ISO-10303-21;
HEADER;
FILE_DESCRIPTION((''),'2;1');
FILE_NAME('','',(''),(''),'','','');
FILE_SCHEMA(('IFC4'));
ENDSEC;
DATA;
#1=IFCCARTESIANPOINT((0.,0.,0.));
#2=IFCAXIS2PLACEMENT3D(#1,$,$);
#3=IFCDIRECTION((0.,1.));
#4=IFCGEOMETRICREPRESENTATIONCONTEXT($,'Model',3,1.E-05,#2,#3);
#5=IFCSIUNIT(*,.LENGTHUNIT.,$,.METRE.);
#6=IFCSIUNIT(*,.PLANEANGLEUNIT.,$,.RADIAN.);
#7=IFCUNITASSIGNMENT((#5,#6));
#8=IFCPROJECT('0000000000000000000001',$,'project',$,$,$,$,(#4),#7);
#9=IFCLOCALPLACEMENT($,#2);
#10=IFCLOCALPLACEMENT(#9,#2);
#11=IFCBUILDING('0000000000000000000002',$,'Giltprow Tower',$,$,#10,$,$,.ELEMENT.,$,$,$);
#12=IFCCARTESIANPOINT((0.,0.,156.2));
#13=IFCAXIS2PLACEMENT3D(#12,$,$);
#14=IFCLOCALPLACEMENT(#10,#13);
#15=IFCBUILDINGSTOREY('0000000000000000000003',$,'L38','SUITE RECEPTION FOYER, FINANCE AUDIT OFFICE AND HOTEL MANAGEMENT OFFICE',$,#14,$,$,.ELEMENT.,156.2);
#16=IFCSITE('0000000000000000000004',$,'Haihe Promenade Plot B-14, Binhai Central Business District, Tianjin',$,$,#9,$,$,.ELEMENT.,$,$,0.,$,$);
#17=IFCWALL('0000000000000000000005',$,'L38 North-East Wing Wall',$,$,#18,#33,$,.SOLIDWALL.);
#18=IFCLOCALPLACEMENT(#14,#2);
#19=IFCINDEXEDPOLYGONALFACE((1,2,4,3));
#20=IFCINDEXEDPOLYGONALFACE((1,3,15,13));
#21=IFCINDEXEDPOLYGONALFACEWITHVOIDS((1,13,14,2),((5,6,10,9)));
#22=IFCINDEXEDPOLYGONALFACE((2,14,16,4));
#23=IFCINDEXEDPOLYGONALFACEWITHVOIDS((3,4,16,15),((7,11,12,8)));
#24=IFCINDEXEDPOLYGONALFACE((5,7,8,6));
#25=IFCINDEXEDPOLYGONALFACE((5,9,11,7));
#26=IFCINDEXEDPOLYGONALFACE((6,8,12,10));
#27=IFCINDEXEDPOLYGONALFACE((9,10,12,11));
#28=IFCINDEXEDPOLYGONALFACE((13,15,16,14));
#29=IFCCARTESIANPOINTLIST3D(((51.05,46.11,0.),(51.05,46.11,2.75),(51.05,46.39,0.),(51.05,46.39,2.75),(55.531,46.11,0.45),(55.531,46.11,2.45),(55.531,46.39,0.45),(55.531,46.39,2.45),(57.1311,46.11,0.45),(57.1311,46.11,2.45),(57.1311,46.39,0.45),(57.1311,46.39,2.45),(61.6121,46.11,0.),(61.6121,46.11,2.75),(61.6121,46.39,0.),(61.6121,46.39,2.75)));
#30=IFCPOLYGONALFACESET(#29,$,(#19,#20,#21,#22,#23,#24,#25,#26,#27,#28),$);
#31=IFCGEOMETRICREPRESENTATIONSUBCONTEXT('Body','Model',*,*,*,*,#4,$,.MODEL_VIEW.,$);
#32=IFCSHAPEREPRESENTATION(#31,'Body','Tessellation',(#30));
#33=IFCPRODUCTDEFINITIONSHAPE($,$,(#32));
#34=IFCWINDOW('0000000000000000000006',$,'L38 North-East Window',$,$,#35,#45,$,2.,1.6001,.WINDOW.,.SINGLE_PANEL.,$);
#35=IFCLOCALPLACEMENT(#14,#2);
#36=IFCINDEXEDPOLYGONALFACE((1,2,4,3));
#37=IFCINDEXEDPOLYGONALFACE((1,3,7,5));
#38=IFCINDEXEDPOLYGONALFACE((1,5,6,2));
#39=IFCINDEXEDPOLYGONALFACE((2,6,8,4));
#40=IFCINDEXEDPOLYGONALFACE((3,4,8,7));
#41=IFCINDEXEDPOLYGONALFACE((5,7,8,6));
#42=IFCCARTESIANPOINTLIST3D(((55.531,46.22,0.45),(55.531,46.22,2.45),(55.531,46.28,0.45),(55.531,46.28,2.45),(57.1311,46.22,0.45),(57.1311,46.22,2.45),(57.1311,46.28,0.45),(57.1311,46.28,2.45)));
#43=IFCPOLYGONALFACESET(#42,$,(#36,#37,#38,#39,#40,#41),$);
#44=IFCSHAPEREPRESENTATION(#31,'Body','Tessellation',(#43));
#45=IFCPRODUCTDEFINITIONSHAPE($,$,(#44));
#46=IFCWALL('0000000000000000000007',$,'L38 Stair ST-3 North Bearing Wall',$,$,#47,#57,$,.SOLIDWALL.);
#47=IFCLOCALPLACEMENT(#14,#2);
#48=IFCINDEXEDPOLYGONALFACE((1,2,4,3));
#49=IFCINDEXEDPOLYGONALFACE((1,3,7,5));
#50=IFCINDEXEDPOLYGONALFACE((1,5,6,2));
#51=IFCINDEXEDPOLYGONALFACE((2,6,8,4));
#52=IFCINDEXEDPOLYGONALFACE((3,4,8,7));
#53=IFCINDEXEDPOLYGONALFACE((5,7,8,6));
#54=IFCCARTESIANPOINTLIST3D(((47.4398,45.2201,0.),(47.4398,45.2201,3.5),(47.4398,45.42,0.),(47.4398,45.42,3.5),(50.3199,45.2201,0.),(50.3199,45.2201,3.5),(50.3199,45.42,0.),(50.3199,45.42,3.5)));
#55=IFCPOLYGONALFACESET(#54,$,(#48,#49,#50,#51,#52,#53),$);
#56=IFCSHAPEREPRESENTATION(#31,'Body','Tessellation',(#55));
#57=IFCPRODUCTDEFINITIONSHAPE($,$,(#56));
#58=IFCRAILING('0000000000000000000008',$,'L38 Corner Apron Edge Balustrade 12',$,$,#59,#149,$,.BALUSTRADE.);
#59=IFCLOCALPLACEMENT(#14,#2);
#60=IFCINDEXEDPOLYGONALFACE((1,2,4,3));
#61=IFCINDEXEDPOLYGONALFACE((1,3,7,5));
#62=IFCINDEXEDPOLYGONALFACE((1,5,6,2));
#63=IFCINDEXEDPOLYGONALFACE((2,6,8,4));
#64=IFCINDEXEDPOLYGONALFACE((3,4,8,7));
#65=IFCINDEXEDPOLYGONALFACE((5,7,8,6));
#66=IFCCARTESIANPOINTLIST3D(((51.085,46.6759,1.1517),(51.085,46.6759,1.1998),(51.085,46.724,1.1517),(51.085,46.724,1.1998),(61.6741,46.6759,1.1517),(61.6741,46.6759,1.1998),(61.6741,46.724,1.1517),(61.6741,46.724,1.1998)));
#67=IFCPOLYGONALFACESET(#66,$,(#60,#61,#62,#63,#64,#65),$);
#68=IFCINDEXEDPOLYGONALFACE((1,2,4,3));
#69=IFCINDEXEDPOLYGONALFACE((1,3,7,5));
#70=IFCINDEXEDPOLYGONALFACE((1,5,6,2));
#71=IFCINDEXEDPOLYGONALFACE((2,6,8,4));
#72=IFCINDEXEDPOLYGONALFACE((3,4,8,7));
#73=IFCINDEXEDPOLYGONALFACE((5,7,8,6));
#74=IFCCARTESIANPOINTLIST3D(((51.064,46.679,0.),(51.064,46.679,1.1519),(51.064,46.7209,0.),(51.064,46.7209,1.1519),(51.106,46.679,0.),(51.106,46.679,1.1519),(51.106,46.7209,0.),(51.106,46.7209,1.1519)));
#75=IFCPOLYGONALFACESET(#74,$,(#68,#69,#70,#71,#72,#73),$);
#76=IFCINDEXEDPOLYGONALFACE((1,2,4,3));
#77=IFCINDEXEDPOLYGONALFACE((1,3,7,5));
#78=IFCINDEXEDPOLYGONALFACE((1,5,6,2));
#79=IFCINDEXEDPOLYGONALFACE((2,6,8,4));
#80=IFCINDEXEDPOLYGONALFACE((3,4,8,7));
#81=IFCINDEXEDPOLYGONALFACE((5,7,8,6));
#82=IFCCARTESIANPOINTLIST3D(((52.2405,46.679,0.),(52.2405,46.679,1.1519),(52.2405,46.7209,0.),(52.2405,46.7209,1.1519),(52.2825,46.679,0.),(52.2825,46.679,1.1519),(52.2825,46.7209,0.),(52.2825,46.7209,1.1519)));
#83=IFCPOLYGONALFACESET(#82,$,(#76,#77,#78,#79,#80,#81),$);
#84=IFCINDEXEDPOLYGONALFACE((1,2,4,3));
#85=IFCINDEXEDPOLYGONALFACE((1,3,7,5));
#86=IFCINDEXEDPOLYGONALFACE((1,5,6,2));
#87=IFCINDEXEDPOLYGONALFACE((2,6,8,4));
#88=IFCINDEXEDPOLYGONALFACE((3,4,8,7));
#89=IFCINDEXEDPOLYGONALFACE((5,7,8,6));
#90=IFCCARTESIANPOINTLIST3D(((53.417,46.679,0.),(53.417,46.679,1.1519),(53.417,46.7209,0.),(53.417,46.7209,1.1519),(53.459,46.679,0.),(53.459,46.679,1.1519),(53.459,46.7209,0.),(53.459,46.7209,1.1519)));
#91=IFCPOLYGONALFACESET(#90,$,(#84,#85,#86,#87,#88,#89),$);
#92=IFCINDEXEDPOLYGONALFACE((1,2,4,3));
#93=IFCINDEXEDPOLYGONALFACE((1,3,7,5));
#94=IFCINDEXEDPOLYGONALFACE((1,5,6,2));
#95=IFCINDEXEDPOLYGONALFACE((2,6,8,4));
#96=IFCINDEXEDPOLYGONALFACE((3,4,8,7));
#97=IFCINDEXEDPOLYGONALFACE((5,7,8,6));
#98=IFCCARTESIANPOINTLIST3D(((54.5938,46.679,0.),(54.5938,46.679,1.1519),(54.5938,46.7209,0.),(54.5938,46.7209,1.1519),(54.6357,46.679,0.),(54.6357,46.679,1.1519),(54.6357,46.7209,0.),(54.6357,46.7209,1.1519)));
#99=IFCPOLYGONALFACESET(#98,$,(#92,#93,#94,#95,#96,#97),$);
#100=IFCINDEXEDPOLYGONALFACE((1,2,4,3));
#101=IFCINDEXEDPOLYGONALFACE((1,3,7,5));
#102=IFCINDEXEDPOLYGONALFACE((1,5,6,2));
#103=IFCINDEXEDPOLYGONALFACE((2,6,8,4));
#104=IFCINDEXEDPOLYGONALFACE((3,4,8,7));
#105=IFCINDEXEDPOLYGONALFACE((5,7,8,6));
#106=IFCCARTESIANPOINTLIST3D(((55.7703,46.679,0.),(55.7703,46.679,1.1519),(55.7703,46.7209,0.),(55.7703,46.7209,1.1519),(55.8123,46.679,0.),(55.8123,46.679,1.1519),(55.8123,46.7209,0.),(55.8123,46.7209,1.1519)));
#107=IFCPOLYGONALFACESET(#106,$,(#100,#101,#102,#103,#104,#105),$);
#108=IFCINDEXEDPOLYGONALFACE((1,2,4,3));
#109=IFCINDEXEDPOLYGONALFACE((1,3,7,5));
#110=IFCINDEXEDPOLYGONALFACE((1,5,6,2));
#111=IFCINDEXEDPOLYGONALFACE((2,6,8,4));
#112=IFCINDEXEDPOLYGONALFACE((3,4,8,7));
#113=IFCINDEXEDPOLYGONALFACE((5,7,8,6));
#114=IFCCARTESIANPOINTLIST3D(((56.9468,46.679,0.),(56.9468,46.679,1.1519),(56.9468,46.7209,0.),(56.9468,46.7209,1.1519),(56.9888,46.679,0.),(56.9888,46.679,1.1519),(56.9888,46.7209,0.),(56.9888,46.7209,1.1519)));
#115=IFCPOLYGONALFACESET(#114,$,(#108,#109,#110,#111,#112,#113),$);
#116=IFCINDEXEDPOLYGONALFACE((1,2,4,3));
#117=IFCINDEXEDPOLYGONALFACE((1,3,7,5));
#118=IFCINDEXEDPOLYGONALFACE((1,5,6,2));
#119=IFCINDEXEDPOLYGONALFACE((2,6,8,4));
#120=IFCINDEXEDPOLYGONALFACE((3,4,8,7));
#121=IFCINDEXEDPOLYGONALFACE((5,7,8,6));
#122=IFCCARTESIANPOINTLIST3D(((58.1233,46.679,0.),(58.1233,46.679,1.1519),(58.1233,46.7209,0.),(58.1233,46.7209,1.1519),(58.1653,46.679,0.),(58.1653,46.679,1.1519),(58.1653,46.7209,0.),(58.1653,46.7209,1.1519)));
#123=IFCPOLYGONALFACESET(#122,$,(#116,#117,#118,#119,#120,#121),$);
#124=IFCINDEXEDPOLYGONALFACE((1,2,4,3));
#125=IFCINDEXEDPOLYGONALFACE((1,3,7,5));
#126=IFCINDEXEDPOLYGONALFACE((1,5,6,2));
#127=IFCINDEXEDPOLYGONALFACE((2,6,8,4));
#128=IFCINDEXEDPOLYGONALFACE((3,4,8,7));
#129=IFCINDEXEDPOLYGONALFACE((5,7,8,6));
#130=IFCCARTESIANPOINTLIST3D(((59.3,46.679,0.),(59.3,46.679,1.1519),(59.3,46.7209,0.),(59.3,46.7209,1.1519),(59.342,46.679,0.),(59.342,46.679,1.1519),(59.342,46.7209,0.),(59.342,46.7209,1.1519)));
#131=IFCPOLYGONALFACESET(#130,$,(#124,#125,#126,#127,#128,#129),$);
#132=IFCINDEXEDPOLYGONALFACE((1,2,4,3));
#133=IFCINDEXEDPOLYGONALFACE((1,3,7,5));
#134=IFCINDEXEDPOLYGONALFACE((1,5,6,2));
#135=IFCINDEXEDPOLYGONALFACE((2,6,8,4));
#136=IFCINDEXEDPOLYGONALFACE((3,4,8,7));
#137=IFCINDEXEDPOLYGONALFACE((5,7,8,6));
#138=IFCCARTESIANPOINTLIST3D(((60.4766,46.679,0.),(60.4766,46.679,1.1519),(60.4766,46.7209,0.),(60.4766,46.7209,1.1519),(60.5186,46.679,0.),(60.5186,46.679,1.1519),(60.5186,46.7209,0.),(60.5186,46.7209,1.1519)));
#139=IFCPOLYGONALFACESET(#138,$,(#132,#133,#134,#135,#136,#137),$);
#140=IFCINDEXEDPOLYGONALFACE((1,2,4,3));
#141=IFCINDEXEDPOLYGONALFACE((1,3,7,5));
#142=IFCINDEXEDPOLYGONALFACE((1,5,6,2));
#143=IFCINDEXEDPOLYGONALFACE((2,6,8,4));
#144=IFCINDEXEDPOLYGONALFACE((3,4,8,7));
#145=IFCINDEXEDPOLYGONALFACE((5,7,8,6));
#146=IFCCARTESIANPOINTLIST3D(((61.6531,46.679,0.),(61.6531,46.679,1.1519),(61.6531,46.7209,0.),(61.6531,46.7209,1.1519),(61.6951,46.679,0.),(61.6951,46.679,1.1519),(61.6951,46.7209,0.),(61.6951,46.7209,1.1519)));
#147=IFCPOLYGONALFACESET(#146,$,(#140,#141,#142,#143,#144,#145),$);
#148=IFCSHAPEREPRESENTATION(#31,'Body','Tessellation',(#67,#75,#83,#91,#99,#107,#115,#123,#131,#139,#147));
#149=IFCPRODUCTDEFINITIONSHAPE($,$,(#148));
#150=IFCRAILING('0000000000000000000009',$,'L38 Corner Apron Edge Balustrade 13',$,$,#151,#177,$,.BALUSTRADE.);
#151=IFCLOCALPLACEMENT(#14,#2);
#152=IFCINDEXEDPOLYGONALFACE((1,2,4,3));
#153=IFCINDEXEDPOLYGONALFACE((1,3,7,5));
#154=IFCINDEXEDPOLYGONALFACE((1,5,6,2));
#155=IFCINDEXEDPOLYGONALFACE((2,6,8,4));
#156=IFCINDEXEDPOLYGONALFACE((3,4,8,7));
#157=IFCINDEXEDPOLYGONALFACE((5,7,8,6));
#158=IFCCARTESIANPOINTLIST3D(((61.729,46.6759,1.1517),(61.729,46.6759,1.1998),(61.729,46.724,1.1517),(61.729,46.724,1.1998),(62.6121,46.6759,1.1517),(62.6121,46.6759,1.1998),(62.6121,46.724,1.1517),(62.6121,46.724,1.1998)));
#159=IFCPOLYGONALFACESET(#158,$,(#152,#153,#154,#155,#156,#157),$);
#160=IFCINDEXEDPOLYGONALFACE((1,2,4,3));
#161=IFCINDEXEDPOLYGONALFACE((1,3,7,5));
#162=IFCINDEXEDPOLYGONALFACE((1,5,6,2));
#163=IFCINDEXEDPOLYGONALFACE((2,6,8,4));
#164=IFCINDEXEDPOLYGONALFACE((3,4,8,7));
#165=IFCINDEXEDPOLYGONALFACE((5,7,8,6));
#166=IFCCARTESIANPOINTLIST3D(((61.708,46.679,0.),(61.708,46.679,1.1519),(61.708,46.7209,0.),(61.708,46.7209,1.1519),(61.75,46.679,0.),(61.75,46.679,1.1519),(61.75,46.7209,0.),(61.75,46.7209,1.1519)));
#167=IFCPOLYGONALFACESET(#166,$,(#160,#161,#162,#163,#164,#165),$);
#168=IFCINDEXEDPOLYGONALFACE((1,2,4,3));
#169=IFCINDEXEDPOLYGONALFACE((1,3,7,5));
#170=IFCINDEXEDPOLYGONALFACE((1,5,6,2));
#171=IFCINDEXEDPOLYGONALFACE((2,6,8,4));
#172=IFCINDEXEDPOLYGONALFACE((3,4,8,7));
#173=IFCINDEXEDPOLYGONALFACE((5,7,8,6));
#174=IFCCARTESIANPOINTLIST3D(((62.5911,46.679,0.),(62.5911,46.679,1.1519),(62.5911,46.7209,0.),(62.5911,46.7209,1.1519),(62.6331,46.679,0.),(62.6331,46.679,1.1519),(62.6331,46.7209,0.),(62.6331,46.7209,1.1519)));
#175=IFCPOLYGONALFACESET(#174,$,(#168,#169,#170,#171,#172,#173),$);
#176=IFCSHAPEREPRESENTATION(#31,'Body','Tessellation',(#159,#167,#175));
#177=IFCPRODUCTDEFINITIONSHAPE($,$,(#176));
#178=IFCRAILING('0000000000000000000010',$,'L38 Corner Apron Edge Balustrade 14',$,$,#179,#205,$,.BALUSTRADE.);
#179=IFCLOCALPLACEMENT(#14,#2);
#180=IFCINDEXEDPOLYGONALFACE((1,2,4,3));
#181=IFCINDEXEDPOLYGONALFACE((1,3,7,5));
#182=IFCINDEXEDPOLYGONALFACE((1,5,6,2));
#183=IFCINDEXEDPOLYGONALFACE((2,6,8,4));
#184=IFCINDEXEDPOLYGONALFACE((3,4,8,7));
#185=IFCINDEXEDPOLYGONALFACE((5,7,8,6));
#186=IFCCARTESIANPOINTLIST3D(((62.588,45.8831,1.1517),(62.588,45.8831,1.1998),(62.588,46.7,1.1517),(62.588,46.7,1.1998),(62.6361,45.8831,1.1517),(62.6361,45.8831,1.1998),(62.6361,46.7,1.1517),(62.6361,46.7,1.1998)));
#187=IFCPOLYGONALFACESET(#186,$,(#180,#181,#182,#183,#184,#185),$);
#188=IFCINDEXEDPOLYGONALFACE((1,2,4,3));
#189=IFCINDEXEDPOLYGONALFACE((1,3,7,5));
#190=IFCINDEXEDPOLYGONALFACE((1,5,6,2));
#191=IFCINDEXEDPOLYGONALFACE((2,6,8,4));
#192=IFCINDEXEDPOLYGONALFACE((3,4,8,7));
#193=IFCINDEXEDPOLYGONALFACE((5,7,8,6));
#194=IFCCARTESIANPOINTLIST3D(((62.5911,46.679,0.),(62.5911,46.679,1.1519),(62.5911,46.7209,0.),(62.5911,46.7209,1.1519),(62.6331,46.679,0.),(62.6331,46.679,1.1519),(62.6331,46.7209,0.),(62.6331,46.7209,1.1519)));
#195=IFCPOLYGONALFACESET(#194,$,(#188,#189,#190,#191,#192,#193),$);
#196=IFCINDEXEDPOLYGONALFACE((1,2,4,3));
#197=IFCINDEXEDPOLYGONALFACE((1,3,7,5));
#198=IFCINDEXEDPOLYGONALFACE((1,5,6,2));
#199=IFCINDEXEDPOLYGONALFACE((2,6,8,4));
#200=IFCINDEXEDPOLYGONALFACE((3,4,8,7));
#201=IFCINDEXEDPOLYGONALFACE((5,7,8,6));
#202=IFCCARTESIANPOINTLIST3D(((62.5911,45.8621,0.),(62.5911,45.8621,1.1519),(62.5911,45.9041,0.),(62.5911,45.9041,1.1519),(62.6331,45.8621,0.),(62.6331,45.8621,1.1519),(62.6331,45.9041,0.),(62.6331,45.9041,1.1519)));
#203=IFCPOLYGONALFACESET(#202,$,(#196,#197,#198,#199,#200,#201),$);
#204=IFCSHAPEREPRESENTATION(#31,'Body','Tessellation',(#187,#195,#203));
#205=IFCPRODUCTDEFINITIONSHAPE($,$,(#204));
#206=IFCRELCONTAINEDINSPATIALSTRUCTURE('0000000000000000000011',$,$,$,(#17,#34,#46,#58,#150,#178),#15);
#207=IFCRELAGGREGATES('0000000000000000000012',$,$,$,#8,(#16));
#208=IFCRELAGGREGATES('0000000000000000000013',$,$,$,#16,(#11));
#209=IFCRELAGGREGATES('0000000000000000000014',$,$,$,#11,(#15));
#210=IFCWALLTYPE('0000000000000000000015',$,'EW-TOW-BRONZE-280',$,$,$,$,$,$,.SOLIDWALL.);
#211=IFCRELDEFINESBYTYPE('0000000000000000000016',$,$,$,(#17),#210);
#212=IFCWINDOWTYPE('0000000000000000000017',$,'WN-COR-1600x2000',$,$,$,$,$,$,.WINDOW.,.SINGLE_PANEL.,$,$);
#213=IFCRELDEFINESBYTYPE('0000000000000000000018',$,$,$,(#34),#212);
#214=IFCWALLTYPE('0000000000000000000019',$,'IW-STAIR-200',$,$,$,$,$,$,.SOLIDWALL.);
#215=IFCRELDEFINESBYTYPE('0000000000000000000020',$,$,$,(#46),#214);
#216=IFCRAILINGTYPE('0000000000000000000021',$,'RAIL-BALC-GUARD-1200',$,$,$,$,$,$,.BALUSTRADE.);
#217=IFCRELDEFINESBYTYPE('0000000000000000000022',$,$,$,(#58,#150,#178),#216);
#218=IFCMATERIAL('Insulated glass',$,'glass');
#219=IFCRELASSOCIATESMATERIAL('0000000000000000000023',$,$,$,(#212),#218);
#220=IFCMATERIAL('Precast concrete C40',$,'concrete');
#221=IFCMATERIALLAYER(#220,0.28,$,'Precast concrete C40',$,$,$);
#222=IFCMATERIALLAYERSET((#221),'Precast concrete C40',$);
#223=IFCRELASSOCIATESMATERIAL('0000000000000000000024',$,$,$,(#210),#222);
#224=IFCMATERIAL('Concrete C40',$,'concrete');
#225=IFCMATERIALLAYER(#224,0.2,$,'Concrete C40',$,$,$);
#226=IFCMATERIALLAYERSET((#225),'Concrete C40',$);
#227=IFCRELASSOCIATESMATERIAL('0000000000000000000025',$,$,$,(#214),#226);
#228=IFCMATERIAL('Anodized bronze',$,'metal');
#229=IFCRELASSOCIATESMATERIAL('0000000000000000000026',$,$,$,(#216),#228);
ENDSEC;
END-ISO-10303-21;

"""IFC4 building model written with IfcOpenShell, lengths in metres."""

from ifc_helpers import new_model, si_unit, direction, frame, frame_2d, origin, origin_2d, place, context, subcontext, project, spatial, rectangle, extrude, source, transform, mapped, material, layer, layer_set, type_object, element, fill, save


model = new_model("IFC4")

# Units and contexts
model_context = context("Model", 3, precision=1e-05, world=origin(), true_north=direction((0.0, 1.0)))
body_context = subcontext(model_context, "Body", "Model", "MODEL_VIEW")
ifc_project = project(units=[si_unit("LENGTHUNIT", "METRE"), si_unit("PLANEANGLEUNIT", "RADIAN")], contexts=[model_context])

# Site, building, storey
site_placement = place(None, origin())
site = spatial("IfcSite", under=ifc_project, at=site_placement, Name="Haihe Promenade Plot B-14, Binhai Central Business District, Tianjin", CompositionType="ELEMENT", RefElevation=0.0)
building_placement = place(site_placement, origin())
building = spatial("IfcBuilding", under=site, at=building_placement, Name="Giltprow Tower", CompositionType="ELEMENT")
storey_placement = place(building_placement, frame((0.0, 0.0, 156.2)))
storey = spatial("IfcBuildingStorey", under=building, at=storey_placement, Name="L38", Description="SUITE RECEPTION FOYER, FINANCE AUDIT OFFICE AND HOTEL MANAGEMENT OFFICE", CompositionType="ELEMENT", Elevation=156.2)

# Wall, opening, window
ifc_material_1 = material(Name="Precast concrete C40", Category="concrete")
ifc_material_2 = material(Name="Insulated glass", Category="glass")
window_type = type_object("IfcWindowType", Name="WN-COR-1600x2000", PartitioningType="SINGLE_PANEL", PredefinedType="WINDOW", material=ifc_material_2)
shared_shape_1 = source(origin(), body_context, "Body", "SweptSolid", [
    extrude(rectangle(XDim=1.6001, YDim=2.0, at=frame_2d((0.8, 1.0))), frame((0.0, 0.03, 0.0), z_axis=(0.0, -1.0, 0.0), x_axis=(1.0, 0.0, 0.0)), (0.0, 0.0, 1.0), 0.0601),
])
ifc_layer_1 = layer(ifc_material_1, 0.28, Name="Precast concrete C40")
ifc_layer_set_1 = layer_set([ifc_layer_1], Name="Precast concrete C40")
wall_type_1 = type_object("IfcWallType", Name="EW-TOW-BRONZE-280", PredefinedType="SOLIDWALL", material=ifc_layer_set_1)
wall_1_placement = place(storey_placement, frame((51.05, 46.25, 0.0), z_axis=(0.0, 0.0, 1.0), x_axis=(1.0, 0.0, 0.0)))
wall_1 = element("IfcWall", 1, at=wall_1_placement, inside=storey, type_object=wall_type_1, Name="L38 North-East Wing Wall", PredefinedType="SOLIDWALL", context=body_context, shape_type="SweptSolid", body=[
    extrude(rectangle(XDim=10.562, YDim=0.28, at=frame_2d((5.281, 0.0))), origin(), (0.0, 0.0, 1.0), 2.75),
])
opening_1_placement = place(wall_1_placement, frame((4.481, 0.0, 0.45)))
opening_1 = element("IfcOpeningElement", 2, at=opening_1_placement, cuts=wall_1, PredefinedType="OPENING", context=body_context, shape_type="SweptSolid", body=[
    extrude(rectangle(XDim=1.6001, YDim=2.0, at=frame_2d((0.8, 1.0))), frame((0.0, 0.1499, 0.0), z_axis=(0.0, -1.0, 0.0), x_axis=(1.0, 0.0, 0.0)), (0.0, 0.0, 1.0), 0.3),
])
window_1_placement = place(opening_1_placement, origin())
window_1 = element("IfcWindow", 3, at=window_1_placement, inside=storey, type_object=window_type, Name="L38 North-East Window", OverallHeight=2.0, OverallWidth=1.6001, PartitioningType="SINGLE_PANEL", PredefinedType="WINDOW", context=body_context, shape_type="MappedRepresentation", body=[
    mapped(shared_shape_1, transform((0.0, 0.0, 0.0), x_axis=(1.0, 0.0, 0.0), y_axis=(0.0, 1.0, 0.0), z_axis=(0.0, 0.0, 1.0), scale=1.0)),
])
fill(opening_1, window_1)

# Wall
ifc_material_3 = material(Name="Concrete C40", Category="concrete")
ifc_layer_2 = layer(ifc_material_3, 0.2, Name="Concrete C40")
ifc_layer_set_2 = layer_set([ifc_layer_2], Name="Concrete C40")
wall_type_2 = type_object("IfcWallType", Name="IW-STAIR-200", PredefinedType="SOLIDWALL", material=ifc_layer_set_2)
wall_2_placement = place(storey_placement, frame((47.4399, 45.3201, 0.0), z_axis=(0.0, 0.0, 1.0), x_axis=(1.0, 0.0, 0.0)))
element("IfcWall", 4, at=wall_2_placement, inside=storey, type_object=wall_type_2, Name="L38 Stair ST-3 North Bearing Wall", PredefinedType="SOLIDWALL", context=body_context, shape_type="SweptSolid", body=[
    extrude(rectangle(XDim=2.8801, YDim=0.2, at=frame_2d((1.4399, 0.0))), origin(), (0.0, 0.0, 1.0), 3.5),
])

# Railings
ifc_material_4 = material(Name="Anodized bronze", Category="metal")
railing_type_1 = type_object("IfcRailingType", Name="RAIL-BALC-GUARD-1200", PredefinedType="BALUSTRADE", material=ifc_material_4)
railing_1_placement = place(storey_placement, frame((51.085, 46.7, 0.0)))
element("IfcRailing", 5, at=railing_1_placement, inside=storey, type_object=railing_type_1, Name="L38 Corner Apron Edge Balustrade 12", PredefinedType="BALUSTRADE", context=body_context, shape_type="SweptSolid", body=[
    extrude(rectangle(XDim=0.0481, YDim=0.0481, at=origin_2d()), frame((0.0, 0.0, 1.1758), z_axis=(1.0, 0.0, 0.0), x_axis=(0.0, 1.0, 0.0)), (0.0, 0.0, 1.0), 10.5891),
    extrude(rectangle(XDim=0.042, YDim=0.042, at=origin_2d()), origin(), (0.0, 0.0, 1.0), 1.1519),
    extrude(rectangle(XDim=0.042, YDim=0.042, at=origin_2d()), frame((1.1765, 0.0, 0.0)), (0.0, 0.0, 1.0), 1.1519),
    extrude(rectangle(XDim=0.042, YDim=0.042, at=origin_2d()), frame((2.353, 0.0, 0.0)), (0.0, 0.0, 1.0), 1.1519),
    extrude(rectangle(XDim=0.042, YDim=0.042, at=origin_2d()), frame((3.5298, 0.0, 0.0)), (0.0, 0.0, 1.0), 1.1519),
    extrude(rectangle(XDim=0.042, YDim=0.042, at=origin_2d()), frame((4.7063, 0.0, 0.0)), (0.0, 0.0, 1.0), 1.1519),
    extrude(rectangle(XDim=0.042, YDim=0.042, at=origin_2d()), frame((5.8828, 0.0, 0.0)), (0.0, 0.0, 1.0), 1.1519),
    extrude(rectangle(XDim=0.042, YDim=0.042, at=origin_2d()), frame((7.0593, 0.0, 0.0)), (0.0, 0.0, 1.0), 1.1519),
    extrude(rectangle(XDim=0.042, YDim=0.042, at=origin_2d()), frame((8.2361, 0.0, 0.0)), (0.0, 0.0, 1.0), 1.1519),
    extrude(rectangle(XDim=0.042, YDim=0.042, at=origin_2d()), frame((9.4126, 0.0, 0.0)), (0.0, 0.0, 1.0), 1.1519),
    extrude(rectangle(XDim=0.042, YDim=0.042, at=origin_2d()), frame((10.5891, 0.0, 0.0)), (0.0, 0.0, 1.0), 1.1519),
])
railing_2_placement = place(storey_placement, frame((61.729, 46.7, 0.0)))
element("IfcRailing", 6, at=railing_2_placement, inside=storey, type_object=railing_type_1, Name="L38 Corner Apron Edge Balustrade 13", PredefinedType="BALUSTRADE", context=body_context, shape_type="SweptSolid", body=[
    extrude(rectangle(XDim=0.0481, YDim=0.0481, at=origin_2d()), frame((0.0, 0.0, 1.1758), z_axis=(1.0, 0.0, 0.0), x_axis=(0.0, 1.0, 0.0)), (0.0, 0.0, 1.0), 0.8831),
    extrude(rectangle(XDim=0.042, YDim=0.042, at=origin_2d()), origin(), (0.0, 0.0, 1.0), 1.1519),
    extrude(rectangle(XDim=0.042, YDim=0.042, at=origin_2d()), frame((0.8831, 0.0, 0.0)), (0.0, 0.0, 1.0), 1.1519),
])
railing_3_placement = place(storey_placement, frame((62.6121, 46.7, 0.0)))
element("IfcRailing", 7, at=railing_3_placement, inside=storey, type_object=railing_type_1, Name="L38 Corner Apron Edge Balustrade 14", PredefinedType="BALUSTRADE", context=body_context, shape_type="SweptSolid", body=[
    extrude(rectangle(XDim=0.0481, YDim=0.0481, at=origin_2d()), frame((0.0, 0.0, 1.1758), z_axis=(0.0, -1.0, 0.0), x_axis=(1.0, 0.0, 0.0)), (0.0, 0.0, 1.0), 0.8169),
    extrude(rectangle(XDim=0.042, YDim=0.042, at=origin_2d()), origin(), (0.0, 0.0, 1.0), 1.1519),
    extrude(rectangle(XDim=0.042, YDim=0.042, at=origin_2d()), frame((0.0, -0.8169, 0.0)), (0.0, 0.0, 1.0), 1.1519),
])

save(model, "model.ifc")
